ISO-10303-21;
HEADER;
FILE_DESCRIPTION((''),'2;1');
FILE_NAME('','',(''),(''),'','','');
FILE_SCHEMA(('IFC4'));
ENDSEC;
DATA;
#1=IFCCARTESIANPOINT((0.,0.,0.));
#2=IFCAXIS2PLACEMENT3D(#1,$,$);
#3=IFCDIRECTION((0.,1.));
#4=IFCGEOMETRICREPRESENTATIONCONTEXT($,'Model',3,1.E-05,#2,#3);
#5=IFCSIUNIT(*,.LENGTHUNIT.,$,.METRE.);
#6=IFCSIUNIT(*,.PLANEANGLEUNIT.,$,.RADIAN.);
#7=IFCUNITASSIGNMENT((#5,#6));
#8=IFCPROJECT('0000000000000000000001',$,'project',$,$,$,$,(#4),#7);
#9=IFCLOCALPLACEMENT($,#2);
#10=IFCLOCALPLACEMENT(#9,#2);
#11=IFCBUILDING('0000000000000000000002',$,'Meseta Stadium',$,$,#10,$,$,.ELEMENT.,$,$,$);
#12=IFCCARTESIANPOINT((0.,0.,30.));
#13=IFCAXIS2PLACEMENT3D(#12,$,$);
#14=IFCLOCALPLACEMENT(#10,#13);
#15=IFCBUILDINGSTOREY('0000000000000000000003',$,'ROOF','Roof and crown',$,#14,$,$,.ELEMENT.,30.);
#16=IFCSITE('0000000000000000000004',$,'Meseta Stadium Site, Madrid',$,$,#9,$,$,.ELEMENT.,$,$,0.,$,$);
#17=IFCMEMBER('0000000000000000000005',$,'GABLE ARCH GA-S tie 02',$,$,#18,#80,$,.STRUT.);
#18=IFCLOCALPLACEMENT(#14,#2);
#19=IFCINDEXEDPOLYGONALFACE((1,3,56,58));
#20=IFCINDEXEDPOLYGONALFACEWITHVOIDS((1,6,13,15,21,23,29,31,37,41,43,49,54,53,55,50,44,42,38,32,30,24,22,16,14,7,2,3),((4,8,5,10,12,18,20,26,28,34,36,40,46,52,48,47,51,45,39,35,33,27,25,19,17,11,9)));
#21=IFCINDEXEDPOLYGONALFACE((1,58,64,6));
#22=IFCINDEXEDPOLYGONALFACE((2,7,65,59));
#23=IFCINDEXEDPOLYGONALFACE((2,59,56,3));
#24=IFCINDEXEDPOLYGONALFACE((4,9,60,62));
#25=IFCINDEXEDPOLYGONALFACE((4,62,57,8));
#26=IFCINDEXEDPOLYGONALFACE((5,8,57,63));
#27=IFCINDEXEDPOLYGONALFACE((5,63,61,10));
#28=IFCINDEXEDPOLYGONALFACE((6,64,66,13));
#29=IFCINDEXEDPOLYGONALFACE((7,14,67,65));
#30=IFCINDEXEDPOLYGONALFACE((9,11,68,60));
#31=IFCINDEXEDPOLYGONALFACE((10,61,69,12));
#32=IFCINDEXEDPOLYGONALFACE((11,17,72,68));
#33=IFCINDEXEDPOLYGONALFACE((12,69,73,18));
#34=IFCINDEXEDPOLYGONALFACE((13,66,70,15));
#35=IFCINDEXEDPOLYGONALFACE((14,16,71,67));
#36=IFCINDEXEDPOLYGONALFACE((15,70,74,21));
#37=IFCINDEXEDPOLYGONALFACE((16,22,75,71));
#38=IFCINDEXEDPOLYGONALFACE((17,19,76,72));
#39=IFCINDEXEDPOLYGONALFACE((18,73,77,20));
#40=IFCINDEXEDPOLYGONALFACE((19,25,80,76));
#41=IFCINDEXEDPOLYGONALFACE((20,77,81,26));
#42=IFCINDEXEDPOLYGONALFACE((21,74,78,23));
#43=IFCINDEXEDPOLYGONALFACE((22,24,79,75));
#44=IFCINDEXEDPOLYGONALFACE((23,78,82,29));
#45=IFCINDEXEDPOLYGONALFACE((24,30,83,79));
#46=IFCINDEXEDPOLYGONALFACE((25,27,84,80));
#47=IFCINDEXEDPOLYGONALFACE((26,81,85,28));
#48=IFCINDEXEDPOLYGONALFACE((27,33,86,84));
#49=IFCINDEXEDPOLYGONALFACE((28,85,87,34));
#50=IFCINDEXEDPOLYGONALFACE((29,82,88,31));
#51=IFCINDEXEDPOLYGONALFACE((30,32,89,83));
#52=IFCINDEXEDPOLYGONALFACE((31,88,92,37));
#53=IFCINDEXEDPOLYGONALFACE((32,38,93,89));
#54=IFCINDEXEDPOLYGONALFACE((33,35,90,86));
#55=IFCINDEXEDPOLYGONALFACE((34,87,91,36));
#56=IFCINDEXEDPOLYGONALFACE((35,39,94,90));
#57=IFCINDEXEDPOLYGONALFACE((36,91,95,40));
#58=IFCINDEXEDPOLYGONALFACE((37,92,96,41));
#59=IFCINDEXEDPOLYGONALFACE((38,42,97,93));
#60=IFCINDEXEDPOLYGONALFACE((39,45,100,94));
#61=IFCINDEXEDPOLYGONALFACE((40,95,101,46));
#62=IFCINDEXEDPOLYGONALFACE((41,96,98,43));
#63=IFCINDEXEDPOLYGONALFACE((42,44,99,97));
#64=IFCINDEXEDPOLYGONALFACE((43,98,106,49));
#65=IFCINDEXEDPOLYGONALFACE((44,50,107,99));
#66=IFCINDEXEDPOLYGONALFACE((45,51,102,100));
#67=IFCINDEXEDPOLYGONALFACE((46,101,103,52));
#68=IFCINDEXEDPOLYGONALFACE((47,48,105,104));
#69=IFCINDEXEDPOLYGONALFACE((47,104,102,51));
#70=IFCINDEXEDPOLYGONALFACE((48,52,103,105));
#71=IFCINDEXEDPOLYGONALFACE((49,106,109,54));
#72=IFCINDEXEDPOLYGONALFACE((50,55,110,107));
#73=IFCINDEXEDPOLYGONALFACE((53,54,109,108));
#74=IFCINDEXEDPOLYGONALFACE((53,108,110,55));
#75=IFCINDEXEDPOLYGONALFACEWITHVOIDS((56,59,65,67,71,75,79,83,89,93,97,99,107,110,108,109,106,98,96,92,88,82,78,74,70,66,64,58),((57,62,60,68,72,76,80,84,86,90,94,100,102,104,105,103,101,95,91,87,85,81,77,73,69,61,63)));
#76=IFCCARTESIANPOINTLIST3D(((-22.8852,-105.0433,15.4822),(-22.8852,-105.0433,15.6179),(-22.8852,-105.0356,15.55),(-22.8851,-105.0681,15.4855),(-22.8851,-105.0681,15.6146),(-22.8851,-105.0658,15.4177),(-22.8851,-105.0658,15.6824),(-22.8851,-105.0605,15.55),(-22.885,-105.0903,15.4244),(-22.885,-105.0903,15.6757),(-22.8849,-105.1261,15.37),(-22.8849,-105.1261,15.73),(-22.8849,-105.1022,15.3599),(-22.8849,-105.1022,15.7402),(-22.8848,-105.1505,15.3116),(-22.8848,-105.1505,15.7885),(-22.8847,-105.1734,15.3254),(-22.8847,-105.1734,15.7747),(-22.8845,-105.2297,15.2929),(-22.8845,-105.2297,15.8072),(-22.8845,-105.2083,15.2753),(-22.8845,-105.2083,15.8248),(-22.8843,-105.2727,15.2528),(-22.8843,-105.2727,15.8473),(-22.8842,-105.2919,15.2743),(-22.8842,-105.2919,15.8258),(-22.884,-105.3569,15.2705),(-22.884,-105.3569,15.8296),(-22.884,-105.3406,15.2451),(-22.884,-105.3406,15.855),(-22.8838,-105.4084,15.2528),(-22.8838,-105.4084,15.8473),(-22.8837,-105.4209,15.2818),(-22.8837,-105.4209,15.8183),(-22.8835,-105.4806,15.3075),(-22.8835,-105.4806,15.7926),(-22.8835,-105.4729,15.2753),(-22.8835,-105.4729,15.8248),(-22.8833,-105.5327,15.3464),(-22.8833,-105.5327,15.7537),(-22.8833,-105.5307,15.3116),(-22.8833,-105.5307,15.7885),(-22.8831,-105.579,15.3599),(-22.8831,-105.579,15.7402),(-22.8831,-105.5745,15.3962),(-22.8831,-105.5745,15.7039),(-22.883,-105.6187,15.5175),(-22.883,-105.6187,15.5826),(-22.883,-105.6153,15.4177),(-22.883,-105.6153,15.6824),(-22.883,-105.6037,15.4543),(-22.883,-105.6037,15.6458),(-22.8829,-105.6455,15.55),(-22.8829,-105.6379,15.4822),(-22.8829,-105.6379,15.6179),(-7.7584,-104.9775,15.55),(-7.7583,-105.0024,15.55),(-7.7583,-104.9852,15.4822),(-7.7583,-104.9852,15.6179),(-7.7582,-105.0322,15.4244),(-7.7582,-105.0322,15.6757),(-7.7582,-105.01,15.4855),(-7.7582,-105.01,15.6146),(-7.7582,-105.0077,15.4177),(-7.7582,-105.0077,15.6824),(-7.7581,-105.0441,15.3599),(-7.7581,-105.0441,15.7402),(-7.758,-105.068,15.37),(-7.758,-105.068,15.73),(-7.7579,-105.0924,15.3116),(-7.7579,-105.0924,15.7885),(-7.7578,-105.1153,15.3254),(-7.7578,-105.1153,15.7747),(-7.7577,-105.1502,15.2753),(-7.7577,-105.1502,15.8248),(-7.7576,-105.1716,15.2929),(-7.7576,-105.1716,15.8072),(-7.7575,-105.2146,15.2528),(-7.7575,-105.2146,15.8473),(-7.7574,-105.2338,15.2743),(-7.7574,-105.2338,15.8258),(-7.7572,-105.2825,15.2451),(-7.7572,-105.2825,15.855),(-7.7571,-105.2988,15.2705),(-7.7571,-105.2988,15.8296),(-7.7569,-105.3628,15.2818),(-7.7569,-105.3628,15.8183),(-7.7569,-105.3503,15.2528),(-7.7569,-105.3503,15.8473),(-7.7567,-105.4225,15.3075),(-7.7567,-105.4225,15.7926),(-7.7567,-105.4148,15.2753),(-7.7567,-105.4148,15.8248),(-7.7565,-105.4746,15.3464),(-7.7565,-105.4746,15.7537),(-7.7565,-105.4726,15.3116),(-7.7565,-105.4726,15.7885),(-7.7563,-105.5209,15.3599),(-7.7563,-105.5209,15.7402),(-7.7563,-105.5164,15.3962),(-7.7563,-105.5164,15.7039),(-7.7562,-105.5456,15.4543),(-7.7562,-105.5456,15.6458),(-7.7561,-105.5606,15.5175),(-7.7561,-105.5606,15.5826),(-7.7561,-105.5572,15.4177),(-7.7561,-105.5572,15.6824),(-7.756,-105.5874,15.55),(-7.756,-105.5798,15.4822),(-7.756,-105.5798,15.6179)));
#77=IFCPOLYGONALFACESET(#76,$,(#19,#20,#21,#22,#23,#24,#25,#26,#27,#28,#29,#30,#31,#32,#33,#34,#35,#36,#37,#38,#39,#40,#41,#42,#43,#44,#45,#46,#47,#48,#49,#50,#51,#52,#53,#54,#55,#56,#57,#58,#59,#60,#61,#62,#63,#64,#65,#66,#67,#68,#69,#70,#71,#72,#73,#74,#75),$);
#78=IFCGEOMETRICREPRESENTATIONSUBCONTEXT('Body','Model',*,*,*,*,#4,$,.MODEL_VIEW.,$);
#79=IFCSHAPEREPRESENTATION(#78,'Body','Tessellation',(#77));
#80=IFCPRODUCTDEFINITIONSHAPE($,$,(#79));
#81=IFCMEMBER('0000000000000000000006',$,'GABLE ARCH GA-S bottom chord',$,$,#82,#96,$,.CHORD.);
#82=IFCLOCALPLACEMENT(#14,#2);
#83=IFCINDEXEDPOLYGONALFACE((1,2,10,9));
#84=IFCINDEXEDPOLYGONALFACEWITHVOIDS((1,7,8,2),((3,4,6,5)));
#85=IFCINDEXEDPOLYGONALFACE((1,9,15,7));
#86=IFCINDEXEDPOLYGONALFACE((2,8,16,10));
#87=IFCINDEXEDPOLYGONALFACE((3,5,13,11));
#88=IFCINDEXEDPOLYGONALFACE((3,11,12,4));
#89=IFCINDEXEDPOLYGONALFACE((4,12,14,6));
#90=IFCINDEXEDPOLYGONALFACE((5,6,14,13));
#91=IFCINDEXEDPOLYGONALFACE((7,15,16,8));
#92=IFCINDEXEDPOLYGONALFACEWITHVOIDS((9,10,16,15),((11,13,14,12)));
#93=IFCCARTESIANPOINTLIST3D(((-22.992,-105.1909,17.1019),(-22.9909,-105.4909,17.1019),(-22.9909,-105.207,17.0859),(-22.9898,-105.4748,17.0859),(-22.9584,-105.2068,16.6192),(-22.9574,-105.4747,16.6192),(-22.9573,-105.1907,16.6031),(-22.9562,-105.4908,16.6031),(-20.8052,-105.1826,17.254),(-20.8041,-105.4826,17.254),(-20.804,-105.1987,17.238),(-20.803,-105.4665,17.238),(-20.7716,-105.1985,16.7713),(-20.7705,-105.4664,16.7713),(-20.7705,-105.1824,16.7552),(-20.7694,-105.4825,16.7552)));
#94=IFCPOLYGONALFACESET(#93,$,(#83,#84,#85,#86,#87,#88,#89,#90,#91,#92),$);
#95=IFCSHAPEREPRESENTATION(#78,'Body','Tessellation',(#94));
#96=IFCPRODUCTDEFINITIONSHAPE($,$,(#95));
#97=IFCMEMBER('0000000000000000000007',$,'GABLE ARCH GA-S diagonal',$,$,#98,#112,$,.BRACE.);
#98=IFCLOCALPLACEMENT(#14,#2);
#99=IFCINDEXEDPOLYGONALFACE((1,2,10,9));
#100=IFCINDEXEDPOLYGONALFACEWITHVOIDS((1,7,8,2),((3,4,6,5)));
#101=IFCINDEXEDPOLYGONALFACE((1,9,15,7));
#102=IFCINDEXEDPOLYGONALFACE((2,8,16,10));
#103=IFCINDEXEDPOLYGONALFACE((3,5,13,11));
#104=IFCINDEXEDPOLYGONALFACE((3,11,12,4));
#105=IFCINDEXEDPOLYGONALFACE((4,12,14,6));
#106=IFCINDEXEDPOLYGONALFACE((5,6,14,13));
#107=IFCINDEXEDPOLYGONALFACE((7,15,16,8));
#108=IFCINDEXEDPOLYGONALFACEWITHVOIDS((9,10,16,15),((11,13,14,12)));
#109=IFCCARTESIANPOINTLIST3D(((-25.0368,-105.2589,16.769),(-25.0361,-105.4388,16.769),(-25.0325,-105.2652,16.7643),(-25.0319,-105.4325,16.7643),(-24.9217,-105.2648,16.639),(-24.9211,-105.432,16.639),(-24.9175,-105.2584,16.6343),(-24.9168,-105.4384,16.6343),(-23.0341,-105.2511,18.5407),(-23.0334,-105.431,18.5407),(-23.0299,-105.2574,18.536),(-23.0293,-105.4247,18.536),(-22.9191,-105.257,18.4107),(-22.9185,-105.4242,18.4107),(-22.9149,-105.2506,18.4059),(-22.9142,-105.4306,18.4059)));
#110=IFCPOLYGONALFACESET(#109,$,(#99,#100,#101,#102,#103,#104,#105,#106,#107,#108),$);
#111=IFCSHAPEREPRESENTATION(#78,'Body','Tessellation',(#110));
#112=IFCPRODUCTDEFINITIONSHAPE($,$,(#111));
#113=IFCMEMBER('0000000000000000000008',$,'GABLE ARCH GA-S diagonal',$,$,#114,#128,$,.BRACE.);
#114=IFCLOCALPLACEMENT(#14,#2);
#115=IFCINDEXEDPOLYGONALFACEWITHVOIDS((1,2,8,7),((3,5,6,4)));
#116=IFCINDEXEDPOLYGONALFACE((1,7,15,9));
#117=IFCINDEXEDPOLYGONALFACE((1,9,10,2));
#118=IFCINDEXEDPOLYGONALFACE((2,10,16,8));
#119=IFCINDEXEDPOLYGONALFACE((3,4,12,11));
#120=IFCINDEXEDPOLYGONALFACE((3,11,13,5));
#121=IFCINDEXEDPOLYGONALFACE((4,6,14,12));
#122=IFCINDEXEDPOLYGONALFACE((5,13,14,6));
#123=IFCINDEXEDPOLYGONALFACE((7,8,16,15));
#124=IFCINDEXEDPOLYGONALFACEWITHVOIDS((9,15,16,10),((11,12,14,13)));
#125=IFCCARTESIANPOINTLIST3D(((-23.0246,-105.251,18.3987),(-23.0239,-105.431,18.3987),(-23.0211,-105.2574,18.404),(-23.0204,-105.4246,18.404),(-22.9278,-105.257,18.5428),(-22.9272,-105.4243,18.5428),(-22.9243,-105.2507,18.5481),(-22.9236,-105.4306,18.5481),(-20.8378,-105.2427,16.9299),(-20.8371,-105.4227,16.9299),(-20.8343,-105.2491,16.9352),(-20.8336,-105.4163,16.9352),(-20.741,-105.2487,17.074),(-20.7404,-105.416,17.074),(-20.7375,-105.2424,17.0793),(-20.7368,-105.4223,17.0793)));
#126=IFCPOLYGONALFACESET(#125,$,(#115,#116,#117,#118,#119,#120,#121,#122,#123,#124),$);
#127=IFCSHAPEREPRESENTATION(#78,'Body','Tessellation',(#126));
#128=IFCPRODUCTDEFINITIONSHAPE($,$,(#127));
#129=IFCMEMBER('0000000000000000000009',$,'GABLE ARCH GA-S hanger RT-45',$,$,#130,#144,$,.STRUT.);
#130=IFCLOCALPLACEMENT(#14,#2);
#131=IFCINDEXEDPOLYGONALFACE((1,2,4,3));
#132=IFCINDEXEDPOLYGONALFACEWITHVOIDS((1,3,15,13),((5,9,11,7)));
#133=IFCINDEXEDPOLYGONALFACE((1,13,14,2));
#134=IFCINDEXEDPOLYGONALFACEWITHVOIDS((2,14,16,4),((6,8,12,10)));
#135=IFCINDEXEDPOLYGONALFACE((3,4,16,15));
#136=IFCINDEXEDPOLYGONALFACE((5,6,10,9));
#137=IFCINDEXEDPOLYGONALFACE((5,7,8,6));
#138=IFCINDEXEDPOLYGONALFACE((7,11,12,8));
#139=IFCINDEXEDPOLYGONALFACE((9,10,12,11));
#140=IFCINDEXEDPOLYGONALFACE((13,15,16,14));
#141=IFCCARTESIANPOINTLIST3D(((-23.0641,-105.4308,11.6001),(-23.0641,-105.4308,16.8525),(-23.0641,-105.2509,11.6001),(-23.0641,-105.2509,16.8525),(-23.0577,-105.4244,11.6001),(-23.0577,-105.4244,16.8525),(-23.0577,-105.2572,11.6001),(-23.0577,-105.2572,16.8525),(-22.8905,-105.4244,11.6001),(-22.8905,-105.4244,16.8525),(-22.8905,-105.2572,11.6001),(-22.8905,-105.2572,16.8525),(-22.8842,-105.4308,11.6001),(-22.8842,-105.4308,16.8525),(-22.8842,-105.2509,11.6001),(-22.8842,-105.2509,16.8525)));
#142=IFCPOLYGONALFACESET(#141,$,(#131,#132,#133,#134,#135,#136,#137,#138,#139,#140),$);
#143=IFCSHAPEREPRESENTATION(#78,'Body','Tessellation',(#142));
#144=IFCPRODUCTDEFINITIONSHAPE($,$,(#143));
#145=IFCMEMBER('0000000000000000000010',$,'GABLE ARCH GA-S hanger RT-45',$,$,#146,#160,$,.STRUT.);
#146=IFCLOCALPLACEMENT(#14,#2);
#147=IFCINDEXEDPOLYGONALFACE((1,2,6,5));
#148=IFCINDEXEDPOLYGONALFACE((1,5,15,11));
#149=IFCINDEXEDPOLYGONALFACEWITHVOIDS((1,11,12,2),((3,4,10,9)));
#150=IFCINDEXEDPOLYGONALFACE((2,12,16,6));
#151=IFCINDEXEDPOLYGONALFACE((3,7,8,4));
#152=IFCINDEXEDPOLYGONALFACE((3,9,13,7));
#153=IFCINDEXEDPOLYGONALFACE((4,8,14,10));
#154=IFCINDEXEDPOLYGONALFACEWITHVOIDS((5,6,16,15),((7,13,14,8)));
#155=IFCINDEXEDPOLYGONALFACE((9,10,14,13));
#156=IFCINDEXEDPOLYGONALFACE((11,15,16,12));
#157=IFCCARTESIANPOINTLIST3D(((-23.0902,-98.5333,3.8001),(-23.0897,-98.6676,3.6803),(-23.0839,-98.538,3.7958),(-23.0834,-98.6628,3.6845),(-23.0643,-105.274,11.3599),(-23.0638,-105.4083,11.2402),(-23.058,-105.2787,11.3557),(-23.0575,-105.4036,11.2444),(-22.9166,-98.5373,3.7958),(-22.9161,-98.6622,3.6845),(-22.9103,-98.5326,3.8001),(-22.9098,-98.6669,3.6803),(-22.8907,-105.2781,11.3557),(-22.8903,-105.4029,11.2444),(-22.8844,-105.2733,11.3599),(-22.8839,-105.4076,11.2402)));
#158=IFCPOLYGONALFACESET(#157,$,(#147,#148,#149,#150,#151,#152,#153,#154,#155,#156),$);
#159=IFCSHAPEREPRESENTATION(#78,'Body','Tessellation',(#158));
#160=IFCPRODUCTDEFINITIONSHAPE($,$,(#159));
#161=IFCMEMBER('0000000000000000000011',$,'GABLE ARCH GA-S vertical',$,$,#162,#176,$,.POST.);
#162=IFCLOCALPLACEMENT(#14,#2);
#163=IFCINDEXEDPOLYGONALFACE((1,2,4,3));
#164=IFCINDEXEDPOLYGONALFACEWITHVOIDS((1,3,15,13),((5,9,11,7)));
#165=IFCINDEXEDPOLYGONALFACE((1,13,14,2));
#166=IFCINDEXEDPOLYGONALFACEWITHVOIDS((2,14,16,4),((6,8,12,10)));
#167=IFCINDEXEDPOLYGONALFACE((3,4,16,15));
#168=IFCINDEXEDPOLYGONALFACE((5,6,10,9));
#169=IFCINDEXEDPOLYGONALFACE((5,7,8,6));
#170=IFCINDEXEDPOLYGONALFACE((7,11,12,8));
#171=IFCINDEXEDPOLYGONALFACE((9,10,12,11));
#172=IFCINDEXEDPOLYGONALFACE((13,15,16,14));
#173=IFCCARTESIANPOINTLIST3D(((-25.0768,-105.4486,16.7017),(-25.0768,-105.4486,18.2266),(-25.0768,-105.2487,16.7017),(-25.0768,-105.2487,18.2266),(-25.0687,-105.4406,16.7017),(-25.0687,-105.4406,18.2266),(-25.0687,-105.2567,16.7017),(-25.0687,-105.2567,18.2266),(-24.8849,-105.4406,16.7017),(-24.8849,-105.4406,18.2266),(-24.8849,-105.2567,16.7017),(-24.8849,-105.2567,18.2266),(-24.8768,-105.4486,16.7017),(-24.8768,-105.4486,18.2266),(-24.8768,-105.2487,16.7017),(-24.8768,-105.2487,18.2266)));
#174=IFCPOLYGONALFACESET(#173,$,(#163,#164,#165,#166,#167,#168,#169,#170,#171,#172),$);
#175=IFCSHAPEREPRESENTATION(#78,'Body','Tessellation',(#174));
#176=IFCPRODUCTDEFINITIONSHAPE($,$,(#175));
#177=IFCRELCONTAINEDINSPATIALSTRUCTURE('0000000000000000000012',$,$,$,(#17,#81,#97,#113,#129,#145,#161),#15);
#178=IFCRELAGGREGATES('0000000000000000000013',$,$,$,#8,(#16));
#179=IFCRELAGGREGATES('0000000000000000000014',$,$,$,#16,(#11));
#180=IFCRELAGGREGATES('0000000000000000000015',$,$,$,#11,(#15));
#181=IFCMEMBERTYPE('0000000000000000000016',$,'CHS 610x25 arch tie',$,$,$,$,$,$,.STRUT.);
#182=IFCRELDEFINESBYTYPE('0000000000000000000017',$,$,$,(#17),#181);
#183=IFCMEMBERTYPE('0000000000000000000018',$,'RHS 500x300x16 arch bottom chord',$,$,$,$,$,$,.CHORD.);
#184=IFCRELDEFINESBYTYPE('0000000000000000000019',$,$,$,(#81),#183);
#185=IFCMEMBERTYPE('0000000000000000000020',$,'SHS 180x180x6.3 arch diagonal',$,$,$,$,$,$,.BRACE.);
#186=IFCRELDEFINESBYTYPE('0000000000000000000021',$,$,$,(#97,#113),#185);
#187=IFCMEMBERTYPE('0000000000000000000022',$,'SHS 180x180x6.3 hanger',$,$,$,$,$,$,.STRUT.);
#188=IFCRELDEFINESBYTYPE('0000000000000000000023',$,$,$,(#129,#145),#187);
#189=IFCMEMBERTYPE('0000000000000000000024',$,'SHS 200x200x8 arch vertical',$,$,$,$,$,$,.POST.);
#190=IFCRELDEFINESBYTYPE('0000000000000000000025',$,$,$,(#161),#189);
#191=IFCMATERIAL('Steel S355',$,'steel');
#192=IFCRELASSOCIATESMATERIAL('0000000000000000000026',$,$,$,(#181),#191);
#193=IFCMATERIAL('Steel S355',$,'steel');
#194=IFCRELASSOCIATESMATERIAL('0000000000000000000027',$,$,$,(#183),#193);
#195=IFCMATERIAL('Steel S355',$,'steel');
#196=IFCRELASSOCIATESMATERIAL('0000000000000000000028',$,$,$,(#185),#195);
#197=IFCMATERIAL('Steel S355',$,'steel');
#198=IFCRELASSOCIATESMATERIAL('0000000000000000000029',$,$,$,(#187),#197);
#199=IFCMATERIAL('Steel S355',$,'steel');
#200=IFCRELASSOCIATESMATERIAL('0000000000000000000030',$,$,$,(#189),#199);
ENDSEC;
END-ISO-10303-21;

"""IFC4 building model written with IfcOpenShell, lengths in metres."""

from ifc_helpers import new_model, si_unit, direction, frame, origin, origin_2d, place, context, subcontext, project, spatial, hollow_rectangle, hollow_circle, extrude, material, material_profile, profile_set, type_object, element, save


model = new_model("IFC4")

# Units and contexts
model_context = context("Model", 3, precision=1e-05, world=origin(), true_north=direction((0.0, 1.0)))
body_context = subcontext(model_context, "Body", "Model", "MODEL_VIEW")
ifc_project = project(units=[si_unit("LENGTHUNIT", "METRE"), si_unit("PLANEANGLEUNIT", "RADIAN")], contexts=[model_context])

# Site, building, storey
site_placement = place(None, origin())
site = spatial("IfcSite", under=ifc_project, at=site_placement, Name="Meseta Stadium Site, Madrid", CompositionType="ELEMENT", RefElevation=0.0)
building_placement = place(site_placement, origin())
building = spatial("IfcBuilding", under=site, at=building_placement, Name="Meseta Stadium", CompositionType="ELEMENT")
storey_placement = place(building_placement, frame((0.0, 0.0, 30.0)))
storey = spatial("IfcBuildingStorey", under=building, at=storey_placement, Name="ROOF", Description="Roof and crown", CompositionType="ELEMENT", Elevation=30.0)

# Members
ifc_material_1 = material(Name="Steel S355", Category="steel")
ifc_material_profile_1 = material_profile(ifc_material_1, hollow_circle(Radius=0.3049, WallThickness=0.0249, at=origin_2d()), Name="CHS 610x25")
ifc_profile_set_1 = profile_set([ifc_material_profile_1], Name="Steel S355")
member_type_1 = type_object("IfcMemberType", Name="CHS 610x25 arch tie", PredefinedType="STRUT", material=ifc_profile_set_1)
member_1_placement = place(storey_placement, frame((-22.884, -105.3406, 15.55), z_axis=(0.999993, 0.003841, 0.0), x_axis=(-0.003841, 0.999993, 0.0)))
element("IfcMember", 1, at=member_1_placement, inside=storey, type_object=member_type_1, Name="GABLE ARCH GA-S tie 02", PredefinedType="STRUT", context=body_context, shape_type="SweptSolid", body=[
    extrude(hollow_circle(Radius=0.3049, WallThickness=0.0249, at=origin_2d()), origin(), (0.0, 0.0, 1.0), 15.127),
])
ifc_material_2 = material(Name="Steel S355", Category="steel")
ifc_material_profile_2 = material_profile(ifc_material_2, hollow_rectangle(XDim=0.3, YDim=0.5, WallThickness=0.0161, at=origin_2d()), Name="RHS 500x300x16")
ifc_profile_set_2 = profile_set([ifc_material_profile_2], Name="Steel S355")
member_type_2 = type_object("IfcMemberType", Name="RHS 500x300x16 arch bottom chord", PredefinedType="CHORD", material=ifc_profile_set_2)
member_2_placement = place(storey_placement, frame((-22.9741, -105.3408, 16.8525), z_axis=(0.997583, 0.003787, 0.069386), x_axis=(-0.003796, 0.999993, 0.0)))
element("IfcMember", 2, at=member_2_placement, inside=storey, type_object=member_type_2, Name="GABLE ARCH GA-S bottom chord", PredefinedType="CHORD", context=body_context, shape_type="SweptSolid", body=[
    extrude(hollow_rectangle(XDim=0.3, YDim=0.5, WallThickness=0.0161, at=origin_2d()), origin(), (0.0, 0.0, 1.0), 2.1921),
])
ifc_material_3 = material(Name="Steel S355", Category="steel")
ifc_material_profile_3 = material_profile(ifc_material_3, hollow_rectangle(XDim=0.1799, YDim=0.1799, WallThickness=0.0063, at=origin_2d()), Name="SHS 180x180x6.3")
ifc_profile_set_3 = profile_set([ifc_material_profile_3], Name="Steel S355")
member_type_3 = type_object("IfcMemberType", Name="SHS 180x180x6.3 arch diagonal", PredefinedType="BRACE", material=ifc_profile_set_3)
member_3_placement = place(storey_placement, frame((-24.9768, -105.3486, 16.7017), z_axis=(0.748971, 0.002922, 0.662597), x_axis=(-0.003901, 0.999992, 0.0)))
element("IfcMember", 3, at=member_3_placement, inside=storey, type_object=member_type_3, Name="GABLE ARCH GA-S diagonal", PredefinedType="BRACE", context=body_context, shape_type="SweptSolid", body=[
    extrude(hollow_rectangle(XDim=0.1799, YDim=0.1799, WallThickness=0.0063, at=origin_2d()), origin(), (0.0, 0.0, 1.0), 2.6738),
])
member_4_placement = place(storey_placement, frame((-22.9741, -105.3408, 18.4734), z_axis=(0.830131, 0.003151, -0.55756), x_axis=(-0.003796, 0.999993, 0.0)))
element("IfcMember", 4, at=member_4_placement, inside=storey, type_object=member_type_3, Name="GABLE ARCH GA-S diagonal", PredefinedType="BRACE", context=body_context, shape_type="SweptSolid", body=[
    extrude(hollow_rectangle(XDim=0.1799, YDim=0.1799, WallThickness=0.0063, at=origin_2d()), origin(), (0.0, 0.0, 1.0), 2.6343),
])
ifc_material_4 = material(Name="Steel S355", Category="steel")
ifc_material_profile_4 = material_profile(ifc_material_4, hollow_rectangle(XDim=0.1799, YDim=0.1799, WallThickness=0.0063, at=origin_2d()), Name="SHS 180x180x6.3")
ifc_profile_set_4 = profile_set([ifc_material_profile_4], Name="Steel S355")
member_type_4 = type_object("IfcMemberType", Name="SHS 180x180x6.3 hanger", PredefinedType="STRUT", material=ifc_profile_set_4)
member_5_placement = place(storey_placement, frame((-22.9741, -105.3408, 16.8525), z_axis=(0.0, 0.0, -1.0), x_axis=(1.0, 0.0, 0.0)))
element("IfcMember", 5, at=member_5_placement, inside=storey, type_object=member_type_4, Name="GABLE ARCH GA-S hanger RT-45", PredefinedType="STRUT", context=body_context, shape_type="SweptSolid", body=[
    extrude(hollow_rectangle(XDim=0.1799, YDim=0.1799, WallThickness=0.0063, at=origin_2d()), origin(), (0.0, 0.0, 1.0), 5.2524),
])
member_6_placement = place(storey_placement, frame((-22.9741, -105.3408, 11.3), z_axis=(-0.002555, 0.665513, -0.746382), x_axis=(-0.999993, -0.003839, 0.0)))
element("IfcMember", 6, at=member_6_placement, inside=storey, type_object=member_type_4, Name="GABLE ARCH GA-S hanger RT-45", PredefinedType="STRUT", context=body_context, shape_type="SweptSolid", body=[
    extrude(hollow_rectangle(XDim=0.1799, YDim=0.1799, WallThickness=0.0063, at=origin_2d()), origin(), (0.0, 0.0, 1.0), 10.1287),
])
ifc_material_5 = material(Name="Steel S355", Category="steel")
ifc_material_profile_5 = material_profile(ifc_material_5, hollow_rectangle(XDim=0.2, YDim=0.2, WallThickness=0.0081, at=origin_2d()), Name="SHS 200x200x8")
ifc_profile_set_5 = profile_set([ifc_material_profile_5], Name="Steel S355")
member_type_5 = type_object("IfcMemberType", Name="SHS 200x200x8 arch vertical", PredefinedType="POST", material=ifc_profile_set_5)
member_7_placement = place(storey_placement, frame((-24.9768, -105.3486, 16.7017), z_axis=(0.0, 0.0, 1.0), x_axis=(1.0, 0.0, 0.0)))
element("IfcMember", 7, at=member_7_placement, inside=storey, type_object=member_type_5, Name="GABLE ARCH GA-S vertical", PredefinedType="POST", context=body_context, shape_type="SweptSolid", body=[
    extrude(hollow_rectangle(XDim=0.2, YDim=0.2, WallThickness=0.0081, at=origin_2d()), origin(), (0.0, 0.0, 1.0), 1.5249),
])

save(model, "model.ifc")
